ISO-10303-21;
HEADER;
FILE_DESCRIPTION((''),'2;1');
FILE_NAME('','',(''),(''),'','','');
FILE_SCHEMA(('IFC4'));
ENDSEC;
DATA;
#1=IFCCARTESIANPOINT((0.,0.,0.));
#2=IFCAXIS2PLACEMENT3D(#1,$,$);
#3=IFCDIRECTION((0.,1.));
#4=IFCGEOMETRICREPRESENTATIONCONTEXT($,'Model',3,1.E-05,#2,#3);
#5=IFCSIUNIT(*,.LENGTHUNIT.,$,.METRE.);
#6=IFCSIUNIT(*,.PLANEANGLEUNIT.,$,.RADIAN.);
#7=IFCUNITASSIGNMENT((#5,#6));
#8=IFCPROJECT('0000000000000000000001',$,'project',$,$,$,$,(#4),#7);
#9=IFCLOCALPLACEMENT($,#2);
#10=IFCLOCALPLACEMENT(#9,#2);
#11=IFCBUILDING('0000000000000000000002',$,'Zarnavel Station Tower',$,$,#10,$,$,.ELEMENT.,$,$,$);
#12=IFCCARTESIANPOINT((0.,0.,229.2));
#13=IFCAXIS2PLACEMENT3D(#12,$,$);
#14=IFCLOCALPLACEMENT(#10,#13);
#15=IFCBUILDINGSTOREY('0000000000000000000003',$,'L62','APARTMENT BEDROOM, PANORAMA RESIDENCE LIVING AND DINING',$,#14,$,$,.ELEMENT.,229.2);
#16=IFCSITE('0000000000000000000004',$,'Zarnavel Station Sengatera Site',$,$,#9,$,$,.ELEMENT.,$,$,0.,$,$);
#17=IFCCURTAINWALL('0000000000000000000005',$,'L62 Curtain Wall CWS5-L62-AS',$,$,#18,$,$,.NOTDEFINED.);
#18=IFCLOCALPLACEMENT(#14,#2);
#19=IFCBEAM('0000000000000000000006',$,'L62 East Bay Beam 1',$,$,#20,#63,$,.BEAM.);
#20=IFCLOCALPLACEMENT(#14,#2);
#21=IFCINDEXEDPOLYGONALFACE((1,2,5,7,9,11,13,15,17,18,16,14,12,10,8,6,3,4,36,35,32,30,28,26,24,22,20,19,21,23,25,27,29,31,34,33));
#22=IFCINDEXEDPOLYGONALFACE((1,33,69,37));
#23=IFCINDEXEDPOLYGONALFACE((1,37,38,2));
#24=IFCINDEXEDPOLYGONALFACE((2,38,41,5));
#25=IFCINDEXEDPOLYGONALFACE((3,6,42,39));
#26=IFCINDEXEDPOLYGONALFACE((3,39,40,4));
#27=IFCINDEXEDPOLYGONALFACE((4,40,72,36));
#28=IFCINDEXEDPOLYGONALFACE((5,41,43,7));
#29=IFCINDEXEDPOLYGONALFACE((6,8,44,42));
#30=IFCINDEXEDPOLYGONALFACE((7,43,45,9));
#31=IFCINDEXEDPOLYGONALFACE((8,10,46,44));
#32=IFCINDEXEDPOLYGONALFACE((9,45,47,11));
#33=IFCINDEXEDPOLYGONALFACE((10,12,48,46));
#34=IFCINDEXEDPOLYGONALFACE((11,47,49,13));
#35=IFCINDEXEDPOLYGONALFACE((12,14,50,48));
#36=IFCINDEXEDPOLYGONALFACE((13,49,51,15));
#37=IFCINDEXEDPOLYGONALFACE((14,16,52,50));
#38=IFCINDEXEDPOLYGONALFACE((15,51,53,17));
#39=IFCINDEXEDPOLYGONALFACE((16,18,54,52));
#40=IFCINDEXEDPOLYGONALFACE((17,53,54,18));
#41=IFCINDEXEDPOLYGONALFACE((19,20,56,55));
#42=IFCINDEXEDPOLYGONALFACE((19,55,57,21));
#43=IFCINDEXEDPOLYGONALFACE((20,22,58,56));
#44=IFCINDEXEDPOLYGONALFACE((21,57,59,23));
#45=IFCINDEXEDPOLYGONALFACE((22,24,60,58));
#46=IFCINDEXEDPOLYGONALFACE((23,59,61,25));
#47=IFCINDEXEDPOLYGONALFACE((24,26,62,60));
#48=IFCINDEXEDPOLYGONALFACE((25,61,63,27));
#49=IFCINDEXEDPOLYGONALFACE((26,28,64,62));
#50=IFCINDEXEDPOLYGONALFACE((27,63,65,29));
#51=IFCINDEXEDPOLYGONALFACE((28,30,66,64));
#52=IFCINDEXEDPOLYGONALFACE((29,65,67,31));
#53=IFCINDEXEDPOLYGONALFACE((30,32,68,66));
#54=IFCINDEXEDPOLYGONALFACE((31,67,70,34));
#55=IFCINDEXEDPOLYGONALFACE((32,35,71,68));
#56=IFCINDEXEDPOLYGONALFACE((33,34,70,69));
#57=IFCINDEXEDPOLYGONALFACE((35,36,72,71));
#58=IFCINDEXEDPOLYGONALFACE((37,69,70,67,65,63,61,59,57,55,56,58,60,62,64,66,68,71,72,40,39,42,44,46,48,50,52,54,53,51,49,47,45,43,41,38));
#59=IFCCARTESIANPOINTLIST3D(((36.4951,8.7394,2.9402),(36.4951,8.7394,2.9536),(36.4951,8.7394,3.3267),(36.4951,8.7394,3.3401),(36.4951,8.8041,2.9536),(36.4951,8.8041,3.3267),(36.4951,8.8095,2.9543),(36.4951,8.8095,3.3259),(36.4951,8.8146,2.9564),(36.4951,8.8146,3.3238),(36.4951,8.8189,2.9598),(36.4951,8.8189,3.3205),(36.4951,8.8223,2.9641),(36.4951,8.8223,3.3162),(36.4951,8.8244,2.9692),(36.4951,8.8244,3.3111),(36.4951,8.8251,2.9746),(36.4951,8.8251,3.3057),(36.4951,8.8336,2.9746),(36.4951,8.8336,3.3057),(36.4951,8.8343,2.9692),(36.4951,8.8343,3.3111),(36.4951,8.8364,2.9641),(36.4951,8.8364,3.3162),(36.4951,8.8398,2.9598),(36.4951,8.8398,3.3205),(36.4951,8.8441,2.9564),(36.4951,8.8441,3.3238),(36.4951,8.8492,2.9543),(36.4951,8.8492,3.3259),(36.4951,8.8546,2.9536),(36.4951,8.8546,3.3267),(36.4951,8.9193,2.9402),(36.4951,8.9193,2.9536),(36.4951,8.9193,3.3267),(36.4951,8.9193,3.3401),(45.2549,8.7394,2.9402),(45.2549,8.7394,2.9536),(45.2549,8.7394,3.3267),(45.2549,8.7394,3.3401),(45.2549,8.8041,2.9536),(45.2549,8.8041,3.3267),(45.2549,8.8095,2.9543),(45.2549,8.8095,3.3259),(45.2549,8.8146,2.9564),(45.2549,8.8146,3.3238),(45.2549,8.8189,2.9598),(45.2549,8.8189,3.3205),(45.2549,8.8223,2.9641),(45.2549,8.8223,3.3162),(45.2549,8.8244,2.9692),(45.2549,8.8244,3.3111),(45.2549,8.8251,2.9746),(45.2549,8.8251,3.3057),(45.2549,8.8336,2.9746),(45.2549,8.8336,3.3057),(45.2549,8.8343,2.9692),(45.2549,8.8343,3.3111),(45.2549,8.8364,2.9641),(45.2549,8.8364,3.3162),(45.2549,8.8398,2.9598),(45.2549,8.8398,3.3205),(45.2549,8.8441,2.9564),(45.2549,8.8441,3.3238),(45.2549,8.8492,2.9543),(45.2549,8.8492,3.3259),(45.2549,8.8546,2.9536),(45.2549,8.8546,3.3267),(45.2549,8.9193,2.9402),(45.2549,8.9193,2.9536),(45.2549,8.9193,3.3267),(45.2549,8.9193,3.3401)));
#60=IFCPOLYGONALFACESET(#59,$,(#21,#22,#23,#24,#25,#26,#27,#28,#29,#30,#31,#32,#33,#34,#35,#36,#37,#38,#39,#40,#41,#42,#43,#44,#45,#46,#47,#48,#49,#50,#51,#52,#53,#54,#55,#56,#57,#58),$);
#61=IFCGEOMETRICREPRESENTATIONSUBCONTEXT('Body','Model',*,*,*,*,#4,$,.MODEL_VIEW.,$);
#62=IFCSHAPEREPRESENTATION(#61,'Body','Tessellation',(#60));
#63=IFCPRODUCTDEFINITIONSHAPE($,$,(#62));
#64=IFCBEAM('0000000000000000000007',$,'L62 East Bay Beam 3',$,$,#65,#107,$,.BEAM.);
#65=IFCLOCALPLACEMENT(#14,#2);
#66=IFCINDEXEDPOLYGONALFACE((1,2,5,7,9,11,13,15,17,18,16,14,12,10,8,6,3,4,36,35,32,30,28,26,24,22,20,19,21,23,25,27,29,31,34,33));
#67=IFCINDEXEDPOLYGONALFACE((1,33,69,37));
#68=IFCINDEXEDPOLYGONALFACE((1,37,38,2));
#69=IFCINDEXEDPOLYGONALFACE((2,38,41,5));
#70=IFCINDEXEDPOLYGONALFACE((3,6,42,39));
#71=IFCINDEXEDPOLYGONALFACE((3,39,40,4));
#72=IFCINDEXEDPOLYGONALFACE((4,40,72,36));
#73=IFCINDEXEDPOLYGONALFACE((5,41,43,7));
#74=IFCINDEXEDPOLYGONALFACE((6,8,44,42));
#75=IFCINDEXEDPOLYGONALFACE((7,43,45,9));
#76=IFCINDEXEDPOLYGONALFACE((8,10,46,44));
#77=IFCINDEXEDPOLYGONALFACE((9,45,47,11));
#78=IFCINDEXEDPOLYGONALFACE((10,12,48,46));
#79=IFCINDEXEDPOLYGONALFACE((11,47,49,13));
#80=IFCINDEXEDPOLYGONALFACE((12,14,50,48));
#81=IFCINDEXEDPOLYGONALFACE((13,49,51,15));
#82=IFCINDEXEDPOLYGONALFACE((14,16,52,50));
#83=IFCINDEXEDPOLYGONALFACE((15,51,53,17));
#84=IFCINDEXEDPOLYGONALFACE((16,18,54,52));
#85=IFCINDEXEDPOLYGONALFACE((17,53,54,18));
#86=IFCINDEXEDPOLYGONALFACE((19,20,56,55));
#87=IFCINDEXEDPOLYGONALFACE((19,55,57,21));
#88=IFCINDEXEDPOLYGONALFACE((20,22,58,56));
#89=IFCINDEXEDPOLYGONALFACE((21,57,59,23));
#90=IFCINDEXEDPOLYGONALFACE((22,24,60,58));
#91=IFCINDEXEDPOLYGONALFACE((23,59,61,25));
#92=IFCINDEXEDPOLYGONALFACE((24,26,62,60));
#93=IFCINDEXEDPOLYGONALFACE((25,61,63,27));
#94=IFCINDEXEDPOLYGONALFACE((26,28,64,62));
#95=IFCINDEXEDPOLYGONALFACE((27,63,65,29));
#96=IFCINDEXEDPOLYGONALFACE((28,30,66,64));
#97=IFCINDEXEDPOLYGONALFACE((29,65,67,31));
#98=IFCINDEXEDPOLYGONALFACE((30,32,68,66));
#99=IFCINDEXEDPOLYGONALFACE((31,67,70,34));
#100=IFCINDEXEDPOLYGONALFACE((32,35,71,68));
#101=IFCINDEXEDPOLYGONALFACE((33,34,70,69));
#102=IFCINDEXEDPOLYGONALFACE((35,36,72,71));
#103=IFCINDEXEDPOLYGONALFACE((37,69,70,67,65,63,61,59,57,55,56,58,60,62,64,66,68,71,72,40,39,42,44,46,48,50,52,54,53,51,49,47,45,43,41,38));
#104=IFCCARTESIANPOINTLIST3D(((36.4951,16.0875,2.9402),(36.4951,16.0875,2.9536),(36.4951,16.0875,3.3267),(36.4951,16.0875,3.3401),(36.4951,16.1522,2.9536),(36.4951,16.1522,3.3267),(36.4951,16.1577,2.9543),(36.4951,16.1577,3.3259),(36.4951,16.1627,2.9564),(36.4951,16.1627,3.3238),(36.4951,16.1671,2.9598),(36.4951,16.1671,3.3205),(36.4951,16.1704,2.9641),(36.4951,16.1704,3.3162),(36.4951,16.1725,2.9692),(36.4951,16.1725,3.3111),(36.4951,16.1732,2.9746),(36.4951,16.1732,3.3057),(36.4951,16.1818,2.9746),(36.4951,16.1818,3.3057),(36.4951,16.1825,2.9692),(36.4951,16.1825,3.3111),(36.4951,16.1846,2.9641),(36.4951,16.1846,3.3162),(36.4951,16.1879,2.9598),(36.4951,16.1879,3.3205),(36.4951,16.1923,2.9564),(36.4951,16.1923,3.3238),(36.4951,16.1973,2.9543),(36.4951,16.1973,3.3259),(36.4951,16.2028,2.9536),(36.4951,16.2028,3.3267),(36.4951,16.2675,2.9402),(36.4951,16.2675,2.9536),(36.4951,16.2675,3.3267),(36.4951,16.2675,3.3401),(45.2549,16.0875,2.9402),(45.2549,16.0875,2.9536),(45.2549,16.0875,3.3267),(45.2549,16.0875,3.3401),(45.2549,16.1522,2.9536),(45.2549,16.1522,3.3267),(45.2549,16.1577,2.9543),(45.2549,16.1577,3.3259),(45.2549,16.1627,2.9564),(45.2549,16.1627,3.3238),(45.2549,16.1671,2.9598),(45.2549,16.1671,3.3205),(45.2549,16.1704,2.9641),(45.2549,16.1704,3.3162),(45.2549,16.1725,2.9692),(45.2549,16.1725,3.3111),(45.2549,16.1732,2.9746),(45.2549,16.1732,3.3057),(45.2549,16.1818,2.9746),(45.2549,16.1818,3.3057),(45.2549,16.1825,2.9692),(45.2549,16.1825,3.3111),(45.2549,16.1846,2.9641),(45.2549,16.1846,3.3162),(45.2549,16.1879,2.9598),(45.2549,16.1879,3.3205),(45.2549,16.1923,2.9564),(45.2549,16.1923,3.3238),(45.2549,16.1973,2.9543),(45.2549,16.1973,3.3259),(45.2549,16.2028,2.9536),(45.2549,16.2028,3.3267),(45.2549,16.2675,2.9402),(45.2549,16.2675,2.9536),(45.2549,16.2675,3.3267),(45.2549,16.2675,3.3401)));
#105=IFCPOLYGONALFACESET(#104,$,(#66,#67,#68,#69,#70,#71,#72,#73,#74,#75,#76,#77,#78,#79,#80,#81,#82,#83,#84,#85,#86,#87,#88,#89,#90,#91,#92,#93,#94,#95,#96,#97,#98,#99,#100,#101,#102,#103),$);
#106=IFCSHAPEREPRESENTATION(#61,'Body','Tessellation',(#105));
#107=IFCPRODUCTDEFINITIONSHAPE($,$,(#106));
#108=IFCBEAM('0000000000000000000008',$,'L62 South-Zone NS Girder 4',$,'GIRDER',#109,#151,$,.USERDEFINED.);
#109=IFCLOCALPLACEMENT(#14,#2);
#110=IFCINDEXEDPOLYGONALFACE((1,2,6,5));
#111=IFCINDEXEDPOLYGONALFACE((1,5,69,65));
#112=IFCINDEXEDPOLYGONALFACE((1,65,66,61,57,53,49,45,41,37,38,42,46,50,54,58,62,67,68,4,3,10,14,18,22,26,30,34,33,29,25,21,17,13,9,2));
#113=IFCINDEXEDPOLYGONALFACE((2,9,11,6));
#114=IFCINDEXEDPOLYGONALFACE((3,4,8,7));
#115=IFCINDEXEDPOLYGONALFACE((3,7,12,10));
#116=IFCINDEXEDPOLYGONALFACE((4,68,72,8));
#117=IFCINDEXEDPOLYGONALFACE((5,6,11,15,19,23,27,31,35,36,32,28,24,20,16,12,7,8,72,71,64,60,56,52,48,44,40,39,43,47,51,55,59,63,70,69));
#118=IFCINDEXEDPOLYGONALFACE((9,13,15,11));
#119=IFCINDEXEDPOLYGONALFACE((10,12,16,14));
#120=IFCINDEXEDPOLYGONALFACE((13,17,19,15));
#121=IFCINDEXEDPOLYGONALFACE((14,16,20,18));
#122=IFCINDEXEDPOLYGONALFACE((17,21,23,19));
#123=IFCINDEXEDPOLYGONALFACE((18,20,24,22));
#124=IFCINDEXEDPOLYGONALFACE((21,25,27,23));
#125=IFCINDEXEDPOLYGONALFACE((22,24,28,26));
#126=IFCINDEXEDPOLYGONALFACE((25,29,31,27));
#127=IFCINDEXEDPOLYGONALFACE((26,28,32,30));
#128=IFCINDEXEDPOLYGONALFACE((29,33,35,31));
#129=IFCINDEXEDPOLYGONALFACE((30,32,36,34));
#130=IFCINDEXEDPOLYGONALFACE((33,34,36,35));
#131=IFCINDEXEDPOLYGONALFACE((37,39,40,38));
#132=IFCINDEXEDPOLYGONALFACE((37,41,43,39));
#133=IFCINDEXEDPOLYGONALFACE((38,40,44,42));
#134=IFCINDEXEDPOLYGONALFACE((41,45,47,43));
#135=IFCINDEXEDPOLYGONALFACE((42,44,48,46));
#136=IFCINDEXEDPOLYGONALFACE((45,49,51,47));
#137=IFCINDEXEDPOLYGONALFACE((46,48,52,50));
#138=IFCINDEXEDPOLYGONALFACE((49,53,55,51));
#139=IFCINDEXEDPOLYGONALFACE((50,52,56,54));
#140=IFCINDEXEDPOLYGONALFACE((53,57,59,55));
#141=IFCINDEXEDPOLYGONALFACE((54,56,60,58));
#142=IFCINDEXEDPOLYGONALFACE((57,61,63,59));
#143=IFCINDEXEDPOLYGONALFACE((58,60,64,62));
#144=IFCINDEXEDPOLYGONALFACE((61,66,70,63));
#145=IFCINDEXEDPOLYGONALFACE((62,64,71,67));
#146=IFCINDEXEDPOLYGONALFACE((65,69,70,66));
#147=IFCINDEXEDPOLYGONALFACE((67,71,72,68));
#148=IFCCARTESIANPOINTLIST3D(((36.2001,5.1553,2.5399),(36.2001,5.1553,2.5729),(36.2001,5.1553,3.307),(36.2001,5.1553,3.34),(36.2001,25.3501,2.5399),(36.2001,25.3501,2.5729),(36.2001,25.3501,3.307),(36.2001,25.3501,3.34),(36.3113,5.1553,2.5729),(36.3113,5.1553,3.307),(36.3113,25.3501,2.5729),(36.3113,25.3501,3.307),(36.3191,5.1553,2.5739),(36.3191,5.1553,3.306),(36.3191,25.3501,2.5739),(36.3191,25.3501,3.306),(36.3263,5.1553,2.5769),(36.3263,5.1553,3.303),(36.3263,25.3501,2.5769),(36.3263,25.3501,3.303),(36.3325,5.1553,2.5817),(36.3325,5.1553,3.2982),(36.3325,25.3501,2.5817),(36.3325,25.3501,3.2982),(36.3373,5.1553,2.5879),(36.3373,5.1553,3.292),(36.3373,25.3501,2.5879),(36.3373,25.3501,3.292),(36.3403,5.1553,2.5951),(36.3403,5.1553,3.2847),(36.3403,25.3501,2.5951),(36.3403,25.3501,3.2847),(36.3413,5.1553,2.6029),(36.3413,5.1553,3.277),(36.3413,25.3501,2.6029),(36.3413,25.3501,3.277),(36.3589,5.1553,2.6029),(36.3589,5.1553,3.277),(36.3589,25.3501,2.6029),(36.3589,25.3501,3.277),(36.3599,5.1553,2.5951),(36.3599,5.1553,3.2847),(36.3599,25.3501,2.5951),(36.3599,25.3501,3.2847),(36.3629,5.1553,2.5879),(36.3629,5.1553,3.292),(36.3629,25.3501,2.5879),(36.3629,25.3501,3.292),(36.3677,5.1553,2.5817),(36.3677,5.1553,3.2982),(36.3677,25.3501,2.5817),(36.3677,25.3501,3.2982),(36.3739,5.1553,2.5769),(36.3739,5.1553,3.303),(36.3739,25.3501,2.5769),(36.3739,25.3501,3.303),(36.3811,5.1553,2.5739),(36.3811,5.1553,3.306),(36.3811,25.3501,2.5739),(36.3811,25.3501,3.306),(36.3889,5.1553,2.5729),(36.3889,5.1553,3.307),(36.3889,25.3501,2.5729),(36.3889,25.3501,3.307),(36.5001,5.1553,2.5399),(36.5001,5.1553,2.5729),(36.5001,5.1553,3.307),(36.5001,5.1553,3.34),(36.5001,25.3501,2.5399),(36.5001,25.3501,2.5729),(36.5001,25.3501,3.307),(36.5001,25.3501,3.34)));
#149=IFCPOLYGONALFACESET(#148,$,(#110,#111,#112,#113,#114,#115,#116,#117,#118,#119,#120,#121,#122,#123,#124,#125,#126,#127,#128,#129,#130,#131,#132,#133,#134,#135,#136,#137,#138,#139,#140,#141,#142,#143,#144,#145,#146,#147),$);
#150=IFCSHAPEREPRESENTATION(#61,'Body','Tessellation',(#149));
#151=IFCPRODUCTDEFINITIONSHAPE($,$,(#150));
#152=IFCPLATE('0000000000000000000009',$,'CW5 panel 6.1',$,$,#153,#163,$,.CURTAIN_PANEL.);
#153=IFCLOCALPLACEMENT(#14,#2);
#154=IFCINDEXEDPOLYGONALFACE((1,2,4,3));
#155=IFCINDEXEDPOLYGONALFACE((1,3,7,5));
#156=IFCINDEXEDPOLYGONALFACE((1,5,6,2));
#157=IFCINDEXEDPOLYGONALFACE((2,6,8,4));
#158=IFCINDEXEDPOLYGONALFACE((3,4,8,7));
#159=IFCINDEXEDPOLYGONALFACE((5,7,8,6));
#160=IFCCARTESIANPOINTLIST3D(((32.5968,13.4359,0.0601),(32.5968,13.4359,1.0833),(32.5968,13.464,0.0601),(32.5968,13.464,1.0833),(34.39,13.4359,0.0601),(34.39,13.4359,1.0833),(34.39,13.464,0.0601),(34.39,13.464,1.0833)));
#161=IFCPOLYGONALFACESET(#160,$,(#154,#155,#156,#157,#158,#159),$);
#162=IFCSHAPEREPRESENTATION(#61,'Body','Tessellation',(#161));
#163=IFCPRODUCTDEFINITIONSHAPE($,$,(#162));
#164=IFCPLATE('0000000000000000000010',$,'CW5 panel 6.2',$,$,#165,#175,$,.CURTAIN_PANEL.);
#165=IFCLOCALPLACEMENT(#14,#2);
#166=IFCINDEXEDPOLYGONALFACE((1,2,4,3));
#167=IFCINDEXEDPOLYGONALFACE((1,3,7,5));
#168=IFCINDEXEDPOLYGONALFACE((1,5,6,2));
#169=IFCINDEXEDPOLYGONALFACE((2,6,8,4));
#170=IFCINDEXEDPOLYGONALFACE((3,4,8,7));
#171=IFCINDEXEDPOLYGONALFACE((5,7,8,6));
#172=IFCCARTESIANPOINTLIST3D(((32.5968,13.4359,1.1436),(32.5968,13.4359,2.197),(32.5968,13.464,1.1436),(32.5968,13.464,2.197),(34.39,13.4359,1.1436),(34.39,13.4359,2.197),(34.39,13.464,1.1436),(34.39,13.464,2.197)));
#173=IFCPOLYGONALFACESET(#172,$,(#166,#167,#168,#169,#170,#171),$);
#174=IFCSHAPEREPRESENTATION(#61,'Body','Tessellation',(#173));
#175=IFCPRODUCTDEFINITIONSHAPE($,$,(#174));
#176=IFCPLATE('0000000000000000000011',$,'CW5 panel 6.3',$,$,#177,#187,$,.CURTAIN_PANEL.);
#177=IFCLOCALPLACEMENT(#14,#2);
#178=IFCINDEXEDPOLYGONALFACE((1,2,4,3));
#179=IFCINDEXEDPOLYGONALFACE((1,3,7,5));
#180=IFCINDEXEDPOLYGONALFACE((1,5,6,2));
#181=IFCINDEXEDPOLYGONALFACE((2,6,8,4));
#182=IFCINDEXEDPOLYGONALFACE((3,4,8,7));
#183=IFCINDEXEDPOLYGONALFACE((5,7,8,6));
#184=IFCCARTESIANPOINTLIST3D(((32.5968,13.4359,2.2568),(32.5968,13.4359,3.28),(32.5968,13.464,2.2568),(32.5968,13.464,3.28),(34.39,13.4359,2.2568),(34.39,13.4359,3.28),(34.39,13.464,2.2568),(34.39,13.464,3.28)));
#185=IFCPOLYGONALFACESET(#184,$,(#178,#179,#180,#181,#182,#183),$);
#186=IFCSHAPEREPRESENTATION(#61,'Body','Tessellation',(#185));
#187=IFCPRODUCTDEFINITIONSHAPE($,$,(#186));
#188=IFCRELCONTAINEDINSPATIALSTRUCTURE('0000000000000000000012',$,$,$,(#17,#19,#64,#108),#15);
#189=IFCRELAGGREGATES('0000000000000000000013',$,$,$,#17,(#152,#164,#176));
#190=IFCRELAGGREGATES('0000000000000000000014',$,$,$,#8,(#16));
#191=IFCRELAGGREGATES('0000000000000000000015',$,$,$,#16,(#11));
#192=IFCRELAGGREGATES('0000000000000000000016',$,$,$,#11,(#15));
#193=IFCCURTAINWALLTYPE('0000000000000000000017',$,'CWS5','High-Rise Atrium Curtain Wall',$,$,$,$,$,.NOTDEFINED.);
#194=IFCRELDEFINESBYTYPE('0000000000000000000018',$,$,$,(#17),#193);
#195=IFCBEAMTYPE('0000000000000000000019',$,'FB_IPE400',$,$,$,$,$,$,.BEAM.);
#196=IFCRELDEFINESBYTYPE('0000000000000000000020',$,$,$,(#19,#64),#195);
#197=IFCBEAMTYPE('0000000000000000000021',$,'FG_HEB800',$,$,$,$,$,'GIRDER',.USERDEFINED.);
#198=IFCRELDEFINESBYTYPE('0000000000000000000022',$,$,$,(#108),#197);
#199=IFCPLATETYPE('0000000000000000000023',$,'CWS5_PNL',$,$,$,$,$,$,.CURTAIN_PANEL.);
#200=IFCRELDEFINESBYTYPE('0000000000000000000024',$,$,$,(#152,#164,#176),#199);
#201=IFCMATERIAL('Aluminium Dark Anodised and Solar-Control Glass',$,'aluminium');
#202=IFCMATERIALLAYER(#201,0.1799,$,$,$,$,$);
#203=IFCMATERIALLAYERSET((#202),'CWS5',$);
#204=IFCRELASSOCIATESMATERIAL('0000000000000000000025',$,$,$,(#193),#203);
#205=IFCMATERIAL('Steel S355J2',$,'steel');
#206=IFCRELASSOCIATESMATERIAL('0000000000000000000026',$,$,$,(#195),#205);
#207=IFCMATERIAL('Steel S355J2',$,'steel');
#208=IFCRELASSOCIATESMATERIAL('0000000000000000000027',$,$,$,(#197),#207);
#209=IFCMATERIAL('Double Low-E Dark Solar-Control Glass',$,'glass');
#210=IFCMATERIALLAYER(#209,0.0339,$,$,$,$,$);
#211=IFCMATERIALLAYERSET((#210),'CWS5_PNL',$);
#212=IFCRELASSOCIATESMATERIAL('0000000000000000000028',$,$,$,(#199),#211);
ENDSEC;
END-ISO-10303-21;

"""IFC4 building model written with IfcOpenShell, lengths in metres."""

from ifc_helpers import new_model, si_unit, direction, frame, origin, origin_2d, place, context, subcontext, project, spatial, rectangle, i_section, extrude, material, layer, layer_set, material_profile, profile_set, type_object, element, aggregate, save


model = new_model("IFC4")

# Units and contexts
model_context = context("Model", 3, precision=1e-05, world=origin(), true_north=direction((0.0, 1.0)))
body_context = subcontext(model_context, "Body", "Model", "MODEL_VIEW")
ifc_project = project(units=[si_unit("LENGTHUNIT", "METRE"), si_unit("PLANEANGLEUNIT", "RADIAN")], contexts=[model_context])

# Site, building, storey
site_placement = place(None, origin())
site = spatial("IfcSite", under=ifc_project, at=site_placement, Name="Zarnavel Station Sengatera Site", CompositionType="ELEMENT", RefElevation=0.0)
building_placement = place(site_placement, origin())
building = spatial("IfcBuilding", under=site, at=building_placement, Name="Zarnavel Station Tower", CompositionType="ELEMENT")
storey_placement = place(building_placement, frame((0.0, 0.0, 229.2)))
storey = spatial("IfcBuildingStorey", under=building, at=storey_placement, Name="L62", Description="APARTMENT BEDROOM, PANORAMA RESIDENCE LIVING AND DINING", CompositionType="ELEMENT", Elevation=229.2)

# Curtain wall
ifc_material_1 = material(Name="Aluminium Dark Anodised and Solar-Control Glass", Category="aluminium")
ifc_layer_1 = layer(ifc_material_1, 0.1799)
ifc_layer_set_1 = layer_set([ifc_layer_1], Name="CWS5")
curtain_wall_type = type_object("IfcCurtainWallType", Name="CWS5", Description="High-Rise Atrium Curtain Wall", PredefinedType="NOTDEFINED", material=ifc_layer_set_1)
curtain_wall_placement = place(storey_placement, origin())
curtain_wall = element("IfcCurtainWall", 1, at=curtain_wall_placement, inside=storey, type_object=curtain_wall_type, Name="L62 Curtain Wall CWS5-L62-AS", PredefinedType="NOTDEFINED")

# Beams
ifc_material_2 = material(Name="Steel S355J2", Category="steel")
ifc_material_profile_1 = material_profile(ifc_material_2, i_section(OverallWidth=0.1799, OverallDepth=0.3999, WebThickness=0.0085, FlangeThickness=0.0134, FilletRadius=0.021, at=origin_2d()), Name="IPE400")
ifc_profile_set_1 = profile_set([ifc_material_profile_1], Name="Steel S355J2")
beam_type_1 = type_object("IfcBeamType", Name="FB_IPE400", PredefinedType="BEAM", material=ifc_profile_set_1)
for number, where, z_axis, x_axis, name in (
    (2, (36.4951, 8.8293, 3.1401), (1.0, 0.0, 0.0), (0.0, 1.0, 0.0), "L62 East Bay Beam 1"),
    (3, (36.4951, 16.1775, 3.1401), (1.0, 0.0, 0.0), (0.0, 1.0, 0.0), "L62 East Bay Beam 3"),
):
    element("IfcBeam", number, at=place(storey_placement, frame(where, z_axis=z_axis, x_axis=x_axis)), inside=storey, type_object=beam_type_1, Name=name, PredefinedType="BEAM", context=body_context, shape_type="SweptSolid", body=[
        extrude(i_section(OverallWidth=0.1799, OverallDepth=0.3999, WebThickness=0.0085, FlangeThickness=0.0134, FilletRadius=0.021, at=origin_2d()), origin(), (0.0, 0.0, 1.0), 8.7598),
    ])
ifc_material_3 = material(Name="Steel S355J2", Category="steel")
ifc_material_profile_2 = material_profile(ifc_material_3, i_section(OverallWidth=0.3, OverallDepth=0.8, WebThickness=0.0176, FlangeThickness=0.033, FilletRadius=0.03, at=origin_2d()), Name="HEB800")
ifc_profile_set_2 = profile_set([ifc_material_profile_2], Name="Steel S355J2")
beam_type_2 = type_object("IfcBeamType", Name="FG_HEB800", ElementType="GIRDER", PredefinedType="USERDEFINED", material=ifc_profile_set_2)
beam_1_placement = place(storey_placement, frame((36.3501, 5.1553, 2.9399), z_axis=(0.0, 1.0, 0.0), x_axis=(-1.0, 0.0, 0.0)))
element("IfcBeam", 4, at=beam_1_placement, inside=storey, type_object=beam_type_2, Name="L62 South-Zone NS Girder 4", ObjectType="GIRDER", PredefinedType="USERDEFINED", context=body_context, shape_type="SweptSolid", body=[
    extrude(i_section(OverallWidth=0.3, OverallDepth=0.8, WebThickness=0.0176, FlangeThickness=0.033, FilletRadius=0.03, at=origin_2d()), origin(), (0.0, 0.0, 1.0), 20.1948),
])

# Plates
ifc_material_4 = material(Name="Double Low-E Dark Solar-Control Glass", Category="glass")
ifc_layer_2 = layer(ifc_material_4, 0.0339)
ifc_layer_set_2 = layer_set([ifc_layer_2], Name="CWS5_PNL")
plate_type_1 = type_object("IfcPlateType", Name="CWS5_PNL", PredefinedType="CURTAIN_PANEL", material=ifc_layer_set_2)
plate_1_placement = place(storey_placement, frame((33.4934, 13.45, 0.0601), z_axis=(0.0, 0.0, 1.0), x_axis=(1.0, 0.0, 0.0)))
plate_1 = element("IfcPlate", 5, at=plate_1_placement, type_object=plate_type_1, Name="CW5 panel 6.1", PredefinedType="CURTAIN_PANEL", context=body_context, shape_type="SweptSolid", body=[
    extrude(rectangle(XDim=1.7932, YDim=0.0281, at=origin_2d()), origin(), (0.0, 0.0, 1.0), 1.0232),
])
plate_2_placement = place(storey_placement, frame((33.4934, 13.45, 1.1436), z_axis=(0.0, 0.0, 1.0), x_axis=(1.0, 0.0, 0.0)))
plate_2 = element("IfcPlate", 6, at=plate_2_placement, type_object=plate_type_1, Name="CW5 panel 6.2", PredefinedType="CURTAIN_PANEL", context=body_context, shape_type="SweptSolid", body=[
    extrude(rectangle(XDim=1.7932, YDim=0.0281, at=origin_2d()), origin(), (0.0, 0.0, 1.0), 1.0535),
])
plate_3_placement = place(storey_placement, frame((33.4934, 13.45, 2.2568), z_axis=(0.0, 0.0, 1.0), x_axis=(1.0, 0.0, 0.0)))
plate_3 = element("IfcPlate", 7, at=plate_3_placement, type_object=plate_type_1, Name="CW5 panel 6.3", PredefinedType="CURTAIN_PANEL", context=body_context, shape_type="SweptSolid", body=[
    extrude(rectangle(XDim=1.7932, YDim=0.0281, at=origin_2d()), origin(), (0.0, 0.0, 1.0), 1.0232),
])
aggregate(curtain_wall, [plate_1, plate_2, plate_3])

save(model, "model.ifc")
